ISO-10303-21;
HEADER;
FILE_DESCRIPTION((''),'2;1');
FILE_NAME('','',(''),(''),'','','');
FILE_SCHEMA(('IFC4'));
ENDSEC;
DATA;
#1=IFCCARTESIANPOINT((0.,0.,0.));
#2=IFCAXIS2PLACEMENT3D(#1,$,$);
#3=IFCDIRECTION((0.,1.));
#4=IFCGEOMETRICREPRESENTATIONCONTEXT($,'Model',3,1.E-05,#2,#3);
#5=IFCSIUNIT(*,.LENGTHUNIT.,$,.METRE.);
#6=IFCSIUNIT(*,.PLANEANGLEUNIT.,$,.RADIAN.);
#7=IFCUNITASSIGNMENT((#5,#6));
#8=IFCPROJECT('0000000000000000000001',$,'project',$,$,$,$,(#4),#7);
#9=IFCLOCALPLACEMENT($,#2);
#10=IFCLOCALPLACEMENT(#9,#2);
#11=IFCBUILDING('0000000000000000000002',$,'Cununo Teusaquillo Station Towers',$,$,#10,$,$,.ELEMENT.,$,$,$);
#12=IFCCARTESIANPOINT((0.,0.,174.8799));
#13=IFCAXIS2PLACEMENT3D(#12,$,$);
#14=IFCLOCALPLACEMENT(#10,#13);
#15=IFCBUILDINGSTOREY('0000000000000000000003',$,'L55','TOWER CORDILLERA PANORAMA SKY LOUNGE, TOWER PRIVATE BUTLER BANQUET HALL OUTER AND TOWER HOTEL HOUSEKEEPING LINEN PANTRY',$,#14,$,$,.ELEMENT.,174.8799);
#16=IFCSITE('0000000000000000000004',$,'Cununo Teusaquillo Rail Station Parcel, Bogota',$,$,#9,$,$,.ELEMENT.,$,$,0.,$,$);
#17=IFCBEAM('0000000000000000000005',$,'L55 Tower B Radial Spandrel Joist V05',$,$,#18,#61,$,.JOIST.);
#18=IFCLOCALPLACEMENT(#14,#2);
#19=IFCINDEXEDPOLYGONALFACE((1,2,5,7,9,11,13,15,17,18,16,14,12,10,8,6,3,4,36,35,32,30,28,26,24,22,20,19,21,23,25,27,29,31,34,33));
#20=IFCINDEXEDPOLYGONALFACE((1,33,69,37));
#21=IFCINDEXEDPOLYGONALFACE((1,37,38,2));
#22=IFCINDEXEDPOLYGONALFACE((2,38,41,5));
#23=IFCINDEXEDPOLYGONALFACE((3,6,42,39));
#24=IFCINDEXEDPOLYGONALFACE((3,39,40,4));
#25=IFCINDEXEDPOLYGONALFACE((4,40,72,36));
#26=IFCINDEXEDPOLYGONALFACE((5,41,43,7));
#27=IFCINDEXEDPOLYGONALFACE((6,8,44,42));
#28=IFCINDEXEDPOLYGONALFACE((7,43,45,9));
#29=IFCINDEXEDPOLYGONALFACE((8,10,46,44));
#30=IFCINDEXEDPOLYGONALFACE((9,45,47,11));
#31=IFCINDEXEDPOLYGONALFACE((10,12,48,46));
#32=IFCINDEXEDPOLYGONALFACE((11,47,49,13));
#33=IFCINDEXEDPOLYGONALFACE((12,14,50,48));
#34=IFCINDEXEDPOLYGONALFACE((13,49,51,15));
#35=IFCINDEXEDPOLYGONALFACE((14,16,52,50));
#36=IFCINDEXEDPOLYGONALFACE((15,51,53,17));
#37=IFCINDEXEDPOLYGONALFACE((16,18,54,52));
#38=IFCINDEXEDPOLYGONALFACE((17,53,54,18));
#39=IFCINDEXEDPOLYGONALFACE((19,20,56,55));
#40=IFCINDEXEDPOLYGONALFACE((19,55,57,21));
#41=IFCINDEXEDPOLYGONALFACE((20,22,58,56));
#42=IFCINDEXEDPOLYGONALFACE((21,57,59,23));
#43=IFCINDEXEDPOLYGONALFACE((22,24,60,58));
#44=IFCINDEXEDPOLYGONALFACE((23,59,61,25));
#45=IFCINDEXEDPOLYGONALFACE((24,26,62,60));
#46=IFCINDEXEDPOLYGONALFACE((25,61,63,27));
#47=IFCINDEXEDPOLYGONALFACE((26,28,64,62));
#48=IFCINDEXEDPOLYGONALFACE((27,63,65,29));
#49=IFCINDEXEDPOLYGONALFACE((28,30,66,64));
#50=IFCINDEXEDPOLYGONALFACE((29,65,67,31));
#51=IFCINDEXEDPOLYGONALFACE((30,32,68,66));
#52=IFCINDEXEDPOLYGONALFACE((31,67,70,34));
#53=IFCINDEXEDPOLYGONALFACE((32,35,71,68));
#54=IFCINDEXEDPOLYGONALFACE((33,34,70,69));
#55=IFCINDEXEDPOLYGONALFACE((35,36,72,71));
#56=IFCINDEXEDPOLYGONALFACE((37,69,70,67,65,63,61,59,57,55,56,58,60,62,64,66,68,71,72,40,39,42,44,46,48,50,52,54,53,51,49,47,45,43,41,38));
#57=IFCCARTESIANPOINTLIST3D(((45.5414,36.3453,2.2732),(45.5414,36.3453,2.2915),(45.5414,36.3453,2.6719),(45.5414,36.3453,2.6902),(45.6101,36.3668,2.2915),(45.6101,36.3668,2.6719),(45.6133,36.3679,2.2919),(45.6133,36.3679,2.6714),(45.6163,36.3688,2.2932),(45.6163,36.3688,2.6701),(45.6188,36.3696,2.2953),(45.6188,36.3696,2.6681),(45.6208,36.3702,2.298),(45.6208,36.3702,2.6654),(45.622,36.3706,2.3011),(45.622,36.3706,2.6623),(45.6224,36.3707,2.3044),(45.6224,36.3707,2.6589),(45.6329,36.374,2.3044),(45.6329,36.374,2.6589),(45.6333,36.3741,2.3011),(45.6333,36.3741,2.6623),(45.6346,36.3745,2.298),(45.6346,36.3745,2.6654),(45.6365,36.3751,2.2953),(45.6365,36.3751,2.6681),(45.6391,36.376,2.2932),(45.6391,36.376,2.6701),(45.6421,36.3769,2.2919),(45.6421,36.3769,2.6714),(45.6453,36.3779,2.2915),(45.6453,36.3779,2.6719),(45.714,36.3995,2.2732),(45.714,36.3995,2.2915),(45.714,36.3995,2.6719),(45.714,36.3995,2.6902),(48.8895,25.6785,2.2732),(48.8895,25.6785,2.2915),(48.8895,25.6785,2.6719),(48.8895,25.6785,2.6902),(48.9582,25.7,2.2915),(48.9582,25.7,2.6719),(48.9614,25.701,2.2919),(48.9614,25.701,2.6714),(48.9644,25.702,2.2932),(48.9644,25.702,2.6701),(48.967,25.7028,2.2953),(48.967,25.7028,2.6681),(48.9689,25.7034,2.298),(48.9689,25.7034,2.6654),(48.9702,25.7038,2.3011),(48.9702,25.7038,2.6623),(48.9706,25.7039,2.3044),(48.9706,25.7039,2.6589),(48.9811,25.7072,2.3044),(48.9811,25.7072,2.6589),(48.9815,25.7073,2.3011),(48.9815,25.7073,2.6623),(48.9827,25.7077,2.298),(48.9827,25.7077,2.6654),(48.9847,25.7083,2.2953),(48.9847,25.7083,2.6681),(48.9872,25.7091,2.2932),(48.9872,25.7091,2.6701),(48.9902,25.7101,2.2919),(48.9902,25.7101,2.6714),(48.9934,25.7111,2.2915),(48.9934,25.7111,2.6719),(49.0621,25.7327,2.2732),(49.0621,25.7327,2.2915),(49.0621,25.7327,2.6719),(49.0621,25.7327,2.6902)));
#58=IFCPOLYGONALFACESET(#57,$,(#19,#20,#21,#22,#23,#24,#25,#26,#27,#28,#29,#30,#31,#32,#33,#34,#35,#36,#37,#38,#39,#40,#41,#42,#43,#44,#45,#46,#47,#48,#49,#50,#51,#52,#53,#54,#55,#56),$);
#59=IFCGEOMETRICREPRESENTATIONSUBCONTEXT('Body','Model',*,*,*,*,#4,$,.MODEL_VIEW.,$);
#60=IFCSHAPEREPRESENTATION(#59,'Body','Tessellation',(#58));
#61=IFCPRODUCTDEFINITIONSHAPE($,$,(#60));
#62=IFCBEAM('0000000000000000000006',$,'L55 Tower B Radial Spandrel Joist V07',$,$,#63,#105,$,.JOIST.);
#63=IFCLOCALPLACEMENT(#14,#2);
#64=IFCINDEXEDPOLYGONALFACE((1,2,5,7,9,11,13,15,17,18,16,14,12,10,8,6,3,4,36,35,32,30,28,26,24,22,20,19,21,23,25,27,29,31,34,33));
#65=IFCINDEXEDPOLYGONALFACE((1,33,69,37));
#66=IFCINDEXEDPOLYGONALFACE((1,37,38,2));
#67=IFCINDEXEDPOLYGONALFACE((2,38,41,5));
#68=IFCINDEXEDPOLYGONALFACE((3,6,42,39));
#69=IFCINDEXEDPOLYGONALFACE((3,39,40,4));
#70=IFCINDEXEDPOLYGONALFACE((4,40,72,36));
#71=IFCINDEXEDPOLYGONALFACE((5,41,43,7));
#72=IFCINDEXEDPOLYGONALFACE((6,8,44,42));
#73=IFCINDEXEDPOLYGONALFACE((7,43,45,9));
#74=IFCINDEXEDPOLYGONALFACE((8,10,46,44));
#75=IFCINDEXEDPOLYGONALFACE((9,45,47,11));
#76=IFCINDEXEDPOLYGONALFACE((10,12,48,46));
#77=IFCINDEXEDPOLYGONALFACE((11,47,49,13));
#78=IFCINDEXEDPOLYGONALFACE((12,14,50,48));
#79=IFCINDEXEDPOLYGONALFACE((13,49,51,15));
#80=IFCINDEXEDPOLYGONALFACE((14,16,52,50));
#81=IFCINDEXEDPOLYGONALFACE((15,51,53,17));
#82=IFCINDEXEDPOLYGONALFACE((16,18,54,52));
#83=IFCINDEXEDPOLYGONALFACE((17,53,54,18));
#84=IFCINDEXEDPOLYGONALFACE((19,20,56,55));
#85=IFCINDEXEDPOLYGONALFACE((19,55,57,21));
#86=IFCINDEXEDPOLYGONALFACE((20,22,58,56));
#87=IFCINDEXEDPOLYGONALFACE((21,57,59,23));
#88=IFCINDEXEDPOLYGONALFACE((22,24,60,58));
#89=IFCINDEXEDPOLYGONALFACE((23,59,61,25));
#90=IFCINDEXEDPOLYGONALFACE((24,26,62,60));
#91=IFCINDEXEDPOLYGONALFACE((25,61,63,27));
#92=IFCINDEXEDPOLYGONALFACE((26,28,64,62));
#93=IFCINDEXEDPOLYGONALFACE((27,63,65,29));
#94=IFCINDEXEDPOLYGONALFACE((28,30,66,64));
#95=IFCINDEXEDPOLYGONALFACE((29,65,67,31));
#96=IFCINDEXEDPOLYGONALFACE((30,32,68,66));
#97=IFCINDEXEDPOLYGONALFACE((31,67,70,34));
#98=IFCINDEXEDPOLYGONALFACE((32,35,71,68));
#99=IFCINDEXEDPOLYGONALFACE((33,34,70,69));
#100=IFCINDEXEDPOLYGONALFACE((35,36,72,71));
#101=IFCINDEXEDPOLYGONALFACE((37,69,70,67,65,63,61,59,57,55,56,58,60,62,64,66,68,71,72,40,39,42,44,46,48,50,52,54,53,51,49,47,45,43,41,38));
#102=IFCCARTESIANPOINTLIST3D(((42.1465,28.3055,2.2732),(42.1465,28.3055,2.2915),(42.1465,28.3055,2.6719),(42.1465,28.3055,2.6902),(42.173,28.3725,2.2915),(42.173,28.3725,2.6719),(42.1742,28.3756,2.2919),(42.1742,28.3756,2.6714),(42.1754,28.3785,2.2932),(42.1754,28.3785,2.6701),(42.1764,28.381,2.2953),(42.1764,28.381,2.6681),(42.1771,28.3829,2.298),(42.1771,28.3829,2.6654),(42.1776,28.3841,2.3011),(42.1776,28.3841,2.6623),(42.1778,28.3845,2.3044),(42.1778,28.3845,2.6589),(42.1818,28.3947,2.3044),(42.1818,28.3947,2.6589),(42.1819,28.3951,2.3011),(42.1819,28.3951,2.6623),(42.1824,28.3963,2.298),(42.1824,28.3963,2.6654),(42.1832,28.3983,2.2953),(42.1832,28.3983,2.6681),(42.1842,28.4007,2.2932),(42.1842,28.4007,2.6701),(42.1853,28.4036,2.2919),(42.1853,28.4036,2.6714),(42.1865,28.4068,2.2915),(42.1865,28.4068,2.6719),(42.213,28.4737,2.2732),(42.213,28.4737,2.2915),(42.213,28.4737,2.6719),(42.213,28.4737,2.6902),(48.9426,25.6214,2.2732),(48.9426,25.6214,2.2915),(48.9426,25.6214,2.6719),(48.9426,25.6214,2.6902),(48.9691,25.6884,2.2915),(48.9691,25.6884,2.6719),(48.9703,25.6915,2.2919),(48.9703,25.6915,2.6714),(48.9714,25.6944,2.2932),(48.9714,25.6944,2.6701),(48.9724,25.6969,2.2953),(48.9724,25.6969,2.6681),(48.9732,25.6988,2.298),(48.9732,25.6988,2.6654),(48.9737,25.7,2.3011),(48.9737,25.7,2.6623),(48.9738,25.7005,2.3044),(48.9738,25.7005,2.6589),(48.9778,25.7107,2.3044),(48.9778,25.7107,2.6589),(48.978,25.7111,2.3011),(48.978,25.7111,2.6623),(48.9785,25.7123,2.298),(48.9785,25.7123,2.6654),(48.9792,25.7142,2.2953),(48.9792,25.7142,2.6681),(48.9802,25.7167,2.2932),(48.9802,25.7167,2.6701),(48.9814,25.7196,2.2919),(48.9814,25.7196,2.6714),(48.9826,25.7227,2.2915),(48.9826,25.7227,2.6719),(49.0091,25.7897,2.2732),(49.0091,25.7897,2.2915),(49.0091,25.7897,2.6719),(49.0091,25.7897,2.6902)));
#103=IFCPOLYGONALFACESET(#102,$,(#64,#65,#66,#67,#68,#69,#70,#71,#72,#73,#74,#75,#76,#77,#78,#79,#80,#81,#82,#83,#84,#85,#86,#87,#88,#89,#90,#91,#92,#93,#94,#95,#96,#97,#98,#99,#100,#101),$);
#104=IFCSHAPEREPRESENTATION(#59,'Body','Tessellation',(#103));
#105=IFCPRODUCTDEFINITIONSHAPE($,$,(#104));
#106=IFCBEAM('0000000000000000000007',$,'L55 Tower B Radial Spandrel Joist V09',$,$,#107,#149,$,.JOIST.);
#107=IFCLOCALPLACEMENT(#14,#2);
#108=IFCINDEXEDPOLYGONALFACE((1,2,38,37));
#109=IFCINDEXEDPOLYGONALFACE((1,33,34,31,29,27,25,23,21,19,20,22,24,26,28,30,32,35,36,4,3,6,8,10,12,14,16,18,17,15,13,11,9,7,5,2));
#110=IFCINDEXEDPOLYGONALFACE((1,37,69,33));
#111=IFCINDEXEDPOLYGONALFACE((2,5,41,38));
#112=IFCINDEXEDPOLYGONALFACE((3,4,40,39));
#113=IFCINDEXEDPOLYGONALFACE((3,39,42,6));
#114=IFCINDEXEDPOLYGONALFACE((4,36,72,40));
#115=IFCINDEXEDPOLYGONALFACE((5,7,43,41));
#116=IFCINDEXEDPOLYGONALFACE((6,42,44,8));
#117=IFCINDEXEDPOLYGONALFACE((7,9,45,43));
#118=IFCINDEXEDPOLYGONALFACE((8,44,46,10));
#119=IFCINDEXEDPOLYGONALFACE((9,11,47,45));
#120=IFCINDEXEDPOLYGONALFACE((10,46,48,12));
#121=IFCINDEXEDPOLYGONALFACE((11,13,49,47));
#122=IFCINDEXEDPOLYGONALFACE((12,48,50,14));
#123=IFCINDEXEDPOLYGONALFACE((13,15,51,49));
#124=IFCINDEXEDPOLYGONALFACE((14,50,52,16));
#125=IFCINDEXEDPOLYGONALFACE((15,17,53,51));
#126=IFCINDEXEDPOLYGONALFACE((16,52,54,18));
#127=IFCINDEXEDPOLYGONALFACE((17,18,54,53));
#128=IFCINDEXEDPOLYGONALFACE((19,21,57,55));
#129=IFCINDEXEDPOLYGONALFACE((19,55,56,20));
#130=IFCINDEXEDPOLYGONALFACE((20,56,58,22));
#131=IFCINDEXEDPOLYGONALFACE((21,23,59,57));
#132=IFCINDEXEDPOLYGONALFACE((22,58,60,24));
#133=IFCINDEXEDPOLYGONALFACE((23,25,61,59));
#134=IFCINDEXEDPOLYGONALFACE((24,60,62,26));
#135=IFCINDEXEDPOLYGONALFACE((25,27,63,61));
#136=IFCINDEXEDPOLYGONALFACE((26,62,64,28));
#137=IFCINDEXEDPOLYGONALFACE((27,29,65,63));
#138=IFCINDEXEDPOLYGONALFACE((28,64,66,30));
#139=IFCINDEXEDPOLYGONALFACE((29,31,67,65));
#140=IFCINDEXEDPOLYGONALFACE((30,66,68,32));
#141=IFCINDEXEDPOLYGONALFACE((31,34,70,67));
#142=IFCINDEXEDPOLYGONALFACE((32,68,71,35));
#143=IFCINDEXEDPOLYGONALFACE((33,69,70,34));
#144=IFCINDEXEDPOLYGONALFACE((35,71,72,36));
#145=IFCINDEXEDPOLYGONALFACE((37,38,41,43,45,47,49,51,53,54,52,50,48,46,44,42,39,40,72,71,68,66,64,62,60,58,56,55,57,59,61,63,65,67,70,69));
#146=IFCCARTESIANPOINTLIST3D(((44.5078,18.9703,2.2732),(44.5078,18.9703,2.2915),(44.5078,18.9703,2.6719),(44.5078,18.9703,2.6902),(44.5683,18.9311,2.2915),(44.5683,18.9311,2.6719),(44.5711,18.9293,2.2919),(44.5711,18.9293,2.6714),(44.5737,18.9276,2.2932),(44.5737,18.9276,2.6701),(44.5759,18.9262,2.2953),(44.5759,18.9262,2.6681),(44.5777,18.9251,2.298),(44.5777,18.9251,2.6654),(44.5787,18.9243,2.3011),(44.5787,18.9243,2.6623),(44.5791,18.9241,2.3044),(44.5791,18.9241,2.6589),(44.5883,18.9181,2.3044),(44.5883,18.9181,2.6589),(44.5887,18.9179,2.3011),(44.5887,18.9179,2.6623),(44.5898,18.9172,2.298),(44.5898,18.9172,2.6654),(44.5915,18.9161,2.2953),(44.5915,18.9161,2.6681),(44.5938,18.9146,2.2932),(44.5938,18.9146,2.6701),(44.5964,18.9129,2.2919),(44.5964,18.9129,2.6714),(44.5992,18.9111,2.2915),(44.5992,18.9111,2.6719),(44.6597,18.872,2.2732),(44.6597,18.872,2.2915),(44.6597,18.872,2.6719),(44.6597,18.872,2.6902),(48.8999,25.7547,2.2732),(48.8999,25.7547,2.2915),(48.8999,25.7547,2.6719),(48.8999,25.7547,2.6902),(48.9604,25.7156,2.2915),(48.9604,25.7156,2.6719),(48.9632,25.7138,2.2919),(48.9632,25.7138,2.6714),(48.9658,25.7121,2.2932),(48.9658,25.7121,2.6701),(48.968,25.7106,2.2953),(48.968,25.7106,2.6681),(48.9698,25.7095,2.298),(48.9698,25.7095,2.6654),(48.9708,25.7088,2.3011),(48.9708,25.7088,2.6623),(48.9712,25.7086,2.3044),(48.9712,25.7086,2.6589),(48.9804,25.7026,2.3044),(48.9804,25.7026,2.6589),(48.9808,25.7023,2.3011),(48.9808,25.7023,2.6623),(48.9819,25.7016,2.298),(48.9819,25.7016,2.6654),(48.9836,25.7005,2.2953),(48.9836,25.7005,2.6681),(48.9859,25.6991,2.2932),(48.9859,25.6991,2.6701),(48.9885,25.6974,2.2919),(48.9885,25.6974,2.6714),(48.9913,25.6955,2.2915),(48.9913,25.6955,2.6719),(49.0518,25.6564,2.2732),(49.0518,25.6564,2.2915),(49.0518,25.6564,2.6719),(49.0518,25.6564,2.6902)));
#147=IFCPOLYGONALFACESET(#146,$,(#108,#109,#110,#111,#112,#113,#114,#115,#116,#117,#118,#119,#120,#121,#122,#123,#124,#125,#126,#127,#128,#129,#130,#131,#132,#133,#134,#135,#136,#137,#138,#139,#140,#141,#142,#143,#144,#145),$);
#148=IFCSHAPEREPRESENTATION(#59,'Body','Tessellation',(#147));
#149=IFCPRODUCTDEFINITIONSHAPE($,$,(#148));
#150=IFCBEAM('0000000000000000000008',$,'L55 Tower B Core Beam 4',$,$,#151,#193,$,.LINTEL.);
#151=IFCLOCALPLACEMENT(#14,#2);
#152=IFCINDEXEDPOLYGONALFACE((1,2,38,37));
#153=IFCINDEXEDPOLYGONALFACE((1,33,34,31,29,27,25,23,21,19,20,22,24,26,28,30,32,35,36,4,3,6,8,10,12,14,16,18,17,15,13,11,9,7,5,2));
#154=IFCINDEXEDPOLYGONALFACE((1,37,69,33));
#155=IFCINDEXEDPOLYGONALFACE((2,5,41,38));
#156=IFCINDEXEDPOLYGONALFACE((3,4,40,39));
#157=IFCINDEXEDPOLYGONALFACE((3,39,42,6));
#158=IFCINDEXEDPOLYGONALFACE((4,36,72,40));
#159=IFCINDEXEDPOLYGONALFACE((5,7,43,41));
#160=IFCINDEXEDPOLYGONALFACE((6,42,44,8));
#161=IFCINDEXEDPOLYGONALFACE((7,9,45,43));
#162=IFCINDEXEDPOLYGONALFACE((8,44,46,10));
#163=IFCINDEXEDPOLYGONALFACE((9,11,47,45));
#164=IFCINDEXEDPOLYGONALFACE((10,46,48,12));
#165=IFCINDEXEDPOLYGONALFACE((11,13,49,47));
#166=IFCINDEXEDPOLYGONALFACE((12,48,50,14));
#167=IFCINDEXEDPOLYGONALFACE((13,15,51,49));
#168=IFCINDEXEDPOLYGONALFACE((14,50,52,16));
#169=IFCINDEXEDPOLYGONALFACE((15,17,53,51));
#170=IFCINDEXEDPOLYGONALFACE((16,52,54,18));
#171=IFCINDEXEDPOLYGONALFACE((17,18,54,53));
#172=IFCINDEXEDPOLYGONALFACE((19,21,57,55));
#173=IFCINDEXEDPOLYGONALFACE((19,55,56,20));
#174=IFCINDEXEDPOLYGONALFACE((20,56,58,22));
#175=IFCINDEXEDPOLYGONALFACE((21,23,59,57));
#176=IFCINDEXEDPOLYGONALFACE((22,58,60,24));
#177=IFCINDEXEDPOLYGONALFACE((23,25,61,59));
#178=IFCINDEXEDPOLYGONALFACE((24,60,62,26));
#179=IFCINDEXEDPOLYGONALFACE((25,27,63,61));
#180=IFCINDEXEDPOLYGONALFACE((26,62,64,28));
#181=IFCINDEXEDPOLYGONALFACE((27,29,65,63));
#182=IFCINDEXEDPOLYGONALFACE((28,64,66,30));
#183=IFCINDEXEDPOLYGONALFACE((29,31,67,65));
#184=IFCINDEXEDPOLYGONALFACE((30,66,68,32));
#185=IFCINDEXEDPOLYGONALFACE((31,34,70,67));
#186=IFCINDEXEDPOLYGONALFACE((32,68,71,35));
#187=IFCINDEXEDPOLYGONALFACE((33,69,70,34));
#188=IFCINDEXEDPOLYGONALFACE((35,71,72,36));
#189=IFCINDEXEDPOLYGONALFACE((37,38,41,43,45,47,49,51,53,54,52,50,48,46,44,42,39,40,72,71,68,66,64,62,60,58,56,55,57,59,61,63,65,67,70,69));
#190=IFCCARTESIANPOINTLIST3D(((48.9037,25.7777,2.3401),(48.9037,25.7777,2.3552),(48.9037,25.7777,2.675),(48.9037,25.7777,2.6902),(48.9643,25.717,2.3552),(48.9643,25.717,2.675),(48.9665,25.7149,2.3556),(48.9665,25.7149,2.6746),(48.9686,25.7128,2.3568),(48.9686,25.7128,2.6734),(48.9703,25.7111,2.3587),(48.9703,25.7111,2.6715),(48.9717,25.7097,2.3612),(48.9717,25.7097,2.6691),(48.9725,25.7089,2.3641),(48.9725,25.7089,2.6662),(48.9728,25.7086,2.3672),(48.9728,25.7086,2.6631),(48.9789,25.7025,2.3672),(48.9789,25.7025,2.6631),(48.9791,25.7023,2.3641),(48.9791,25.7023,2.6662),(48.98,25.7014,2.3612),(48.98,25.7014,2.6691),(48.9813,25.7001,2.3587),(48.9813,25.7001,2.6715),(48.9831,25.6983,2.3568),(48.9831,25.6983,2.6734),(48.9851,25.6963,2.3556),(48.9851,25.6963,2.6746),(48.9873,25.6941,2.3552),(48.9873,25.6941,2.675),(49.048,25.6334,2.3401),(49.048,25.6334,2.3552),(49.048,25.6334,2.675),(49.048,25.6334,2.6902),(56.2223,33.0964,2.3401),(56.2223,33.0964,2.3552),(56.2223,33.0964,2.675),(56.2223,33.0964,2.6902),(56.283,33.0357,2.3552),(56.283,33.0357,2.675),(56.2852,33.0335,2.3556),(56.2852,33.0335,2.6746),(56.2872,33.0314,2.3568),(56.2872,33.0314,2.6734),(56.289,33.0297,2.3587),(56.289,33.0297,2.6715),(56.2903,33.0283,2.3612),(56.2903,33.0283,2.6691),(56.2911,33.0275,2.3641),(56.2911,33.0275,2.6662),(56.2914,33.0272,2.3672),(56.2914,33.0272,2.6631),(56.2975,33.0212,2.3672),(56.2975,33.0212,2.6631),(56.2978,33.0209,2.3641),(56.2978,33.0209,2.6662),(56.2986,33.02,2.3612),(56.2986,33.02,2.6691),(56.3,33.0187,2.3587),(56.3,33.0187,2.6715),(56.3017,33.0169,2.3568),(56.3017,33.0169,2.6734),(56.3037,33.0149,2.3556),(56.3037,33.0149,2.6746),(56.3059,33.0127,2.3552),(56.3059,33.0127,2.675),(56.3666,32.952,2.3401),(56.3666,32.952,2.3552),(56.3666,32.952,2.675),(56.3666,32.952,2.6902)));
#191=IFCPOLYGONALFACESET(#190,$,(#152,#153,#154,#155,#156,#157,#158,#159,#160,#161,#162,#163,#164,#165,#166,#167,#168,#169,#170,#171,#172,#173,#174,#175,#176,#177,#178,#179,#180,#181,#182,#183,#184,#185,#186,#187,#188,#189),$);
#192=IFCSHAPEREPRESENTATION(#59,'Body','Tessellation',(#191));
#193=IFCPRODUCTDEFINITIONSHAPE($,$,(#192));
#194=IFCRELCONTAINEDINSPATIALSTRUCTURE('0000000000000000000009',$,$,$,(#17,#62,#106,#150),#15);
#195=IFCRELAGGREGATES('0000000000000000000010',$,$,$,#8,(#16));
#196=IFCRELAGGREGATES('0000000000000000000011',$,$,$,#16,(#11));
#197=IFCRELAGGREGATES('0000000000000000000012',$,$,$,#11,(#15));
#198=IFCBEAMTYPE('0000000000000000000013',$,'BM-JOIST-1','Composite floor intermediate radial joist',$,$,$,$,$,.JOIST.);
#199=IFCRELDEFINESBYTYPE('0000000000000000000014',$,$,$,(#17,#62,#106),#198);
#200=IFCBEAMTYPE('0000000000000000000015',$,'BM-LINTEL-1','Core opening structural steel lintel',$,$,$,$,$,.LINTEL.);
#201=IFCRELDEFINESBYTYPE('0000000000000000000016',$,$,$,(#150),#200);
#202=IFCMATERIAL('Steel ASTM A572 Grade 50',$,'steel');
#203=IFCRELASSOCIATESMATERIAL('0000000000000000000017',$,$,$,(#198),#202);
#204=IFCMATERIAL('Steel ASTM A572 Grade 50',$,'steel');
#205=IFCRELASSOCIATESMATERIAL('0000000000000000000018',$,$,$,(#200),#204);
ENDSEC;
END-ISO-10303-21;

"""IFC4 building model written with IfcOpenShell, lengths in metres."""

from ifc_helpers import new_model, si_unit, direction, frame, origin, origin_2d, place, context, subcontext, project, spatial, i_section, extrude, material, material_profile, profile_set, type_object, element, save


model = new_model("IFC4")

# Units and contexts
model_context = context("Model", 3, precision=1e-05, world=origin(), true_north=direction((0.0, 1.0)))
body_context = subcontext(model_context, "Body", "Model", "MODEL_VIEW")
ifc_project = project(units=[si_unit("LENGTHUNIT", "METRE"), si_unit("PLANEANGLEUNIT", "RADIAN")], contexts=[model_context])

# Site, building, storey
site_placement = place(None, origin())
site = spatial("IfcSite", under=ifc_project, at=site_placement, Name="Cununo Teusaquillo Rail Station Parcel, Bogota", CompositionType="ELEMENT", RefElevation=0.0)
building_placement = place(site_placement, origin())
building = spatial("IfcBuilding", under=site, at=building_placement, Name="Cununo Teusaquillo Station Towers", CompositionType="ELEMENT")
storey_placement = place(building_placement, frame((0.0, 0.0, 174.8799)))
storey = spatial("IfcBuildingStorey", under=building, at=storey_placement, Name="L55", Description="TOWER CORDILLERA PANORAMA SKY LOUNGE, TOWER PRIVATE BUTLER BANQUET HALL OUTER AND TOWER HOTEL HOUSEKEEPING LINEN PANTRY", CompositionType="ELEMENT", Elevation=174.8799)

# Beams
ifc_material_1 = material(Name="Steel ASTM A572 Grade 50", Category="steel")
ifc_material_profile_1 = material_profile(ifc_material_1, i_section(OverallWidth=0.1809, OverallDepth=0.417, WebThickness=0.011, FlangeThickness=0.0183, FilletRadius=0.0129, at=origin_2d()), Name="W16X57")
ifc_profile_set_1 = profile_set([ifc_material_profile_1], Name="Steel ASTM A572 Grade 50")
beam_type_1 = type_object("IfcBeamType", Name="BM-JOIST-1", Description="Composite floor intermediate radial joist", PredefinedType="JOIST", material=ifc_profile_set_1)
beam_1_placement = place(storey_placement, frame((48.9758, 25.7056, 2.4817), z_axis=(-0.29948, 0.954103, 0.0), x_axis=(-0.954103, -0.29948, 0.0)))
element("IfcBeam", 1, at=beam_1_placement, inside=storey, type_object=beam_type_1, Name="L55 Tower B Radial Spandrel Joist V05", PredefinedType="JOIST", context=body_context, shape_type="SweptSolid", body=[
    extrude(i_section(OverallWidth=0.1809, OverallDepth=0.417, WebThickness=0.011, FlangeThickness=0.0183, FilletRadius=0.0129, at=origin_2d()), origin(), (0.0, 0.0, 1.0), 11.1799),
])
beam_2_placement = place(storey_placement, frame((48.9758, 25.7056, 2.4817), z_axis=(-0.93009, 0.367332, 0.0), x_axis=(-0.367332, -0.93009, 0.0)))
element("IfcBeam", 2, at=beam_2_placement, inside=storey, type_object=beam_type_1, Name="L55 Tower B Radial Spandrel Joist V07", PredefinedType="JOIST", context=body_context, shape_type="SweptSolid", body=[
    extrude(i_section(OverallWidth=0.1809, OverallDepth=0.417, WebThickness=0.011, FlangeThickness=0.0183, FilletRadius=0.0129, at=origin_2d()), origin(), (0.0, 0.0, 1.0), 7.3069),
])
beam_3_placement = place(storey_placement, frame((48.9758, 25.7056, 2.4817), z_axis=(-0.54344, -0.839448, 0.0), x_axis=(0.839448, -0.54344, 0.0)))
element("IfcBeam", 3, at=beam_3_placement, inside=storey, type_object=beam_type_1, Name="L55 Tower B Radial Spandrel Joist V09", PredefinedType="JOIST", context=body_context, shape_type="SweptSolid", body=[
    extrude(i_section(OverallWidth=0.1809, OverallDepth=0.417, WebThickness=0.011, FlangeThickness=0.0183, FilletRadius=0.0129, at=origin_2d()), origin(), (0.0, 0.0, 1.0), 8.082),
])
ifc_material_2 = material(Name="Steel ASTM A572 Grade 50", Category="steel")
ifc_material_profile_2 = material_profile(ifc_material_2, i_section(OverallWidth=0.2041, OverallDepth=0.3501, WebThickness=0.0085, FlangeThickness=0.0151, FilletRadius=0.012, at=origin_2d()), Name="W14X48")
ifc_profile_set_2 = profile_set([ifc_material_profile_2], Name="Steel ASTM A572 Grade 50")
beam_type_2 = type_object("IfcBeamType", Name="BM-LINTEL-1", Description="Core opening structural steel lintel", PredefinedType="LINTEL", material=ifc_profile_set_2)
beam_4_placement = place(storey_placement, frame((48.9758, 25.7056, 2.5151), z_axis=(0.707107, 0.707107, 0.0), x_axis=(-0.707107, 0.707107, 0.0)))
element("IfcBeam", 4, at=beam_4_placement, inside=storey, type_object=beam_type_2, Name="L55 Tower B Core Beam 4", PredefinedType="LINTEL", context=body_context, shape_type="SweptSolid", body=[
    extrude(i_section(OverallWidth=0.2041, OverallDepth=0.3501, WebThickness=0.0085, FlangeThickness=0.0151, FilletRadius=0.012, at=origin_2d()), origin(), (0.0, 0.0, 1.0), 10.3501),
])

save(model, "model.ifc")
